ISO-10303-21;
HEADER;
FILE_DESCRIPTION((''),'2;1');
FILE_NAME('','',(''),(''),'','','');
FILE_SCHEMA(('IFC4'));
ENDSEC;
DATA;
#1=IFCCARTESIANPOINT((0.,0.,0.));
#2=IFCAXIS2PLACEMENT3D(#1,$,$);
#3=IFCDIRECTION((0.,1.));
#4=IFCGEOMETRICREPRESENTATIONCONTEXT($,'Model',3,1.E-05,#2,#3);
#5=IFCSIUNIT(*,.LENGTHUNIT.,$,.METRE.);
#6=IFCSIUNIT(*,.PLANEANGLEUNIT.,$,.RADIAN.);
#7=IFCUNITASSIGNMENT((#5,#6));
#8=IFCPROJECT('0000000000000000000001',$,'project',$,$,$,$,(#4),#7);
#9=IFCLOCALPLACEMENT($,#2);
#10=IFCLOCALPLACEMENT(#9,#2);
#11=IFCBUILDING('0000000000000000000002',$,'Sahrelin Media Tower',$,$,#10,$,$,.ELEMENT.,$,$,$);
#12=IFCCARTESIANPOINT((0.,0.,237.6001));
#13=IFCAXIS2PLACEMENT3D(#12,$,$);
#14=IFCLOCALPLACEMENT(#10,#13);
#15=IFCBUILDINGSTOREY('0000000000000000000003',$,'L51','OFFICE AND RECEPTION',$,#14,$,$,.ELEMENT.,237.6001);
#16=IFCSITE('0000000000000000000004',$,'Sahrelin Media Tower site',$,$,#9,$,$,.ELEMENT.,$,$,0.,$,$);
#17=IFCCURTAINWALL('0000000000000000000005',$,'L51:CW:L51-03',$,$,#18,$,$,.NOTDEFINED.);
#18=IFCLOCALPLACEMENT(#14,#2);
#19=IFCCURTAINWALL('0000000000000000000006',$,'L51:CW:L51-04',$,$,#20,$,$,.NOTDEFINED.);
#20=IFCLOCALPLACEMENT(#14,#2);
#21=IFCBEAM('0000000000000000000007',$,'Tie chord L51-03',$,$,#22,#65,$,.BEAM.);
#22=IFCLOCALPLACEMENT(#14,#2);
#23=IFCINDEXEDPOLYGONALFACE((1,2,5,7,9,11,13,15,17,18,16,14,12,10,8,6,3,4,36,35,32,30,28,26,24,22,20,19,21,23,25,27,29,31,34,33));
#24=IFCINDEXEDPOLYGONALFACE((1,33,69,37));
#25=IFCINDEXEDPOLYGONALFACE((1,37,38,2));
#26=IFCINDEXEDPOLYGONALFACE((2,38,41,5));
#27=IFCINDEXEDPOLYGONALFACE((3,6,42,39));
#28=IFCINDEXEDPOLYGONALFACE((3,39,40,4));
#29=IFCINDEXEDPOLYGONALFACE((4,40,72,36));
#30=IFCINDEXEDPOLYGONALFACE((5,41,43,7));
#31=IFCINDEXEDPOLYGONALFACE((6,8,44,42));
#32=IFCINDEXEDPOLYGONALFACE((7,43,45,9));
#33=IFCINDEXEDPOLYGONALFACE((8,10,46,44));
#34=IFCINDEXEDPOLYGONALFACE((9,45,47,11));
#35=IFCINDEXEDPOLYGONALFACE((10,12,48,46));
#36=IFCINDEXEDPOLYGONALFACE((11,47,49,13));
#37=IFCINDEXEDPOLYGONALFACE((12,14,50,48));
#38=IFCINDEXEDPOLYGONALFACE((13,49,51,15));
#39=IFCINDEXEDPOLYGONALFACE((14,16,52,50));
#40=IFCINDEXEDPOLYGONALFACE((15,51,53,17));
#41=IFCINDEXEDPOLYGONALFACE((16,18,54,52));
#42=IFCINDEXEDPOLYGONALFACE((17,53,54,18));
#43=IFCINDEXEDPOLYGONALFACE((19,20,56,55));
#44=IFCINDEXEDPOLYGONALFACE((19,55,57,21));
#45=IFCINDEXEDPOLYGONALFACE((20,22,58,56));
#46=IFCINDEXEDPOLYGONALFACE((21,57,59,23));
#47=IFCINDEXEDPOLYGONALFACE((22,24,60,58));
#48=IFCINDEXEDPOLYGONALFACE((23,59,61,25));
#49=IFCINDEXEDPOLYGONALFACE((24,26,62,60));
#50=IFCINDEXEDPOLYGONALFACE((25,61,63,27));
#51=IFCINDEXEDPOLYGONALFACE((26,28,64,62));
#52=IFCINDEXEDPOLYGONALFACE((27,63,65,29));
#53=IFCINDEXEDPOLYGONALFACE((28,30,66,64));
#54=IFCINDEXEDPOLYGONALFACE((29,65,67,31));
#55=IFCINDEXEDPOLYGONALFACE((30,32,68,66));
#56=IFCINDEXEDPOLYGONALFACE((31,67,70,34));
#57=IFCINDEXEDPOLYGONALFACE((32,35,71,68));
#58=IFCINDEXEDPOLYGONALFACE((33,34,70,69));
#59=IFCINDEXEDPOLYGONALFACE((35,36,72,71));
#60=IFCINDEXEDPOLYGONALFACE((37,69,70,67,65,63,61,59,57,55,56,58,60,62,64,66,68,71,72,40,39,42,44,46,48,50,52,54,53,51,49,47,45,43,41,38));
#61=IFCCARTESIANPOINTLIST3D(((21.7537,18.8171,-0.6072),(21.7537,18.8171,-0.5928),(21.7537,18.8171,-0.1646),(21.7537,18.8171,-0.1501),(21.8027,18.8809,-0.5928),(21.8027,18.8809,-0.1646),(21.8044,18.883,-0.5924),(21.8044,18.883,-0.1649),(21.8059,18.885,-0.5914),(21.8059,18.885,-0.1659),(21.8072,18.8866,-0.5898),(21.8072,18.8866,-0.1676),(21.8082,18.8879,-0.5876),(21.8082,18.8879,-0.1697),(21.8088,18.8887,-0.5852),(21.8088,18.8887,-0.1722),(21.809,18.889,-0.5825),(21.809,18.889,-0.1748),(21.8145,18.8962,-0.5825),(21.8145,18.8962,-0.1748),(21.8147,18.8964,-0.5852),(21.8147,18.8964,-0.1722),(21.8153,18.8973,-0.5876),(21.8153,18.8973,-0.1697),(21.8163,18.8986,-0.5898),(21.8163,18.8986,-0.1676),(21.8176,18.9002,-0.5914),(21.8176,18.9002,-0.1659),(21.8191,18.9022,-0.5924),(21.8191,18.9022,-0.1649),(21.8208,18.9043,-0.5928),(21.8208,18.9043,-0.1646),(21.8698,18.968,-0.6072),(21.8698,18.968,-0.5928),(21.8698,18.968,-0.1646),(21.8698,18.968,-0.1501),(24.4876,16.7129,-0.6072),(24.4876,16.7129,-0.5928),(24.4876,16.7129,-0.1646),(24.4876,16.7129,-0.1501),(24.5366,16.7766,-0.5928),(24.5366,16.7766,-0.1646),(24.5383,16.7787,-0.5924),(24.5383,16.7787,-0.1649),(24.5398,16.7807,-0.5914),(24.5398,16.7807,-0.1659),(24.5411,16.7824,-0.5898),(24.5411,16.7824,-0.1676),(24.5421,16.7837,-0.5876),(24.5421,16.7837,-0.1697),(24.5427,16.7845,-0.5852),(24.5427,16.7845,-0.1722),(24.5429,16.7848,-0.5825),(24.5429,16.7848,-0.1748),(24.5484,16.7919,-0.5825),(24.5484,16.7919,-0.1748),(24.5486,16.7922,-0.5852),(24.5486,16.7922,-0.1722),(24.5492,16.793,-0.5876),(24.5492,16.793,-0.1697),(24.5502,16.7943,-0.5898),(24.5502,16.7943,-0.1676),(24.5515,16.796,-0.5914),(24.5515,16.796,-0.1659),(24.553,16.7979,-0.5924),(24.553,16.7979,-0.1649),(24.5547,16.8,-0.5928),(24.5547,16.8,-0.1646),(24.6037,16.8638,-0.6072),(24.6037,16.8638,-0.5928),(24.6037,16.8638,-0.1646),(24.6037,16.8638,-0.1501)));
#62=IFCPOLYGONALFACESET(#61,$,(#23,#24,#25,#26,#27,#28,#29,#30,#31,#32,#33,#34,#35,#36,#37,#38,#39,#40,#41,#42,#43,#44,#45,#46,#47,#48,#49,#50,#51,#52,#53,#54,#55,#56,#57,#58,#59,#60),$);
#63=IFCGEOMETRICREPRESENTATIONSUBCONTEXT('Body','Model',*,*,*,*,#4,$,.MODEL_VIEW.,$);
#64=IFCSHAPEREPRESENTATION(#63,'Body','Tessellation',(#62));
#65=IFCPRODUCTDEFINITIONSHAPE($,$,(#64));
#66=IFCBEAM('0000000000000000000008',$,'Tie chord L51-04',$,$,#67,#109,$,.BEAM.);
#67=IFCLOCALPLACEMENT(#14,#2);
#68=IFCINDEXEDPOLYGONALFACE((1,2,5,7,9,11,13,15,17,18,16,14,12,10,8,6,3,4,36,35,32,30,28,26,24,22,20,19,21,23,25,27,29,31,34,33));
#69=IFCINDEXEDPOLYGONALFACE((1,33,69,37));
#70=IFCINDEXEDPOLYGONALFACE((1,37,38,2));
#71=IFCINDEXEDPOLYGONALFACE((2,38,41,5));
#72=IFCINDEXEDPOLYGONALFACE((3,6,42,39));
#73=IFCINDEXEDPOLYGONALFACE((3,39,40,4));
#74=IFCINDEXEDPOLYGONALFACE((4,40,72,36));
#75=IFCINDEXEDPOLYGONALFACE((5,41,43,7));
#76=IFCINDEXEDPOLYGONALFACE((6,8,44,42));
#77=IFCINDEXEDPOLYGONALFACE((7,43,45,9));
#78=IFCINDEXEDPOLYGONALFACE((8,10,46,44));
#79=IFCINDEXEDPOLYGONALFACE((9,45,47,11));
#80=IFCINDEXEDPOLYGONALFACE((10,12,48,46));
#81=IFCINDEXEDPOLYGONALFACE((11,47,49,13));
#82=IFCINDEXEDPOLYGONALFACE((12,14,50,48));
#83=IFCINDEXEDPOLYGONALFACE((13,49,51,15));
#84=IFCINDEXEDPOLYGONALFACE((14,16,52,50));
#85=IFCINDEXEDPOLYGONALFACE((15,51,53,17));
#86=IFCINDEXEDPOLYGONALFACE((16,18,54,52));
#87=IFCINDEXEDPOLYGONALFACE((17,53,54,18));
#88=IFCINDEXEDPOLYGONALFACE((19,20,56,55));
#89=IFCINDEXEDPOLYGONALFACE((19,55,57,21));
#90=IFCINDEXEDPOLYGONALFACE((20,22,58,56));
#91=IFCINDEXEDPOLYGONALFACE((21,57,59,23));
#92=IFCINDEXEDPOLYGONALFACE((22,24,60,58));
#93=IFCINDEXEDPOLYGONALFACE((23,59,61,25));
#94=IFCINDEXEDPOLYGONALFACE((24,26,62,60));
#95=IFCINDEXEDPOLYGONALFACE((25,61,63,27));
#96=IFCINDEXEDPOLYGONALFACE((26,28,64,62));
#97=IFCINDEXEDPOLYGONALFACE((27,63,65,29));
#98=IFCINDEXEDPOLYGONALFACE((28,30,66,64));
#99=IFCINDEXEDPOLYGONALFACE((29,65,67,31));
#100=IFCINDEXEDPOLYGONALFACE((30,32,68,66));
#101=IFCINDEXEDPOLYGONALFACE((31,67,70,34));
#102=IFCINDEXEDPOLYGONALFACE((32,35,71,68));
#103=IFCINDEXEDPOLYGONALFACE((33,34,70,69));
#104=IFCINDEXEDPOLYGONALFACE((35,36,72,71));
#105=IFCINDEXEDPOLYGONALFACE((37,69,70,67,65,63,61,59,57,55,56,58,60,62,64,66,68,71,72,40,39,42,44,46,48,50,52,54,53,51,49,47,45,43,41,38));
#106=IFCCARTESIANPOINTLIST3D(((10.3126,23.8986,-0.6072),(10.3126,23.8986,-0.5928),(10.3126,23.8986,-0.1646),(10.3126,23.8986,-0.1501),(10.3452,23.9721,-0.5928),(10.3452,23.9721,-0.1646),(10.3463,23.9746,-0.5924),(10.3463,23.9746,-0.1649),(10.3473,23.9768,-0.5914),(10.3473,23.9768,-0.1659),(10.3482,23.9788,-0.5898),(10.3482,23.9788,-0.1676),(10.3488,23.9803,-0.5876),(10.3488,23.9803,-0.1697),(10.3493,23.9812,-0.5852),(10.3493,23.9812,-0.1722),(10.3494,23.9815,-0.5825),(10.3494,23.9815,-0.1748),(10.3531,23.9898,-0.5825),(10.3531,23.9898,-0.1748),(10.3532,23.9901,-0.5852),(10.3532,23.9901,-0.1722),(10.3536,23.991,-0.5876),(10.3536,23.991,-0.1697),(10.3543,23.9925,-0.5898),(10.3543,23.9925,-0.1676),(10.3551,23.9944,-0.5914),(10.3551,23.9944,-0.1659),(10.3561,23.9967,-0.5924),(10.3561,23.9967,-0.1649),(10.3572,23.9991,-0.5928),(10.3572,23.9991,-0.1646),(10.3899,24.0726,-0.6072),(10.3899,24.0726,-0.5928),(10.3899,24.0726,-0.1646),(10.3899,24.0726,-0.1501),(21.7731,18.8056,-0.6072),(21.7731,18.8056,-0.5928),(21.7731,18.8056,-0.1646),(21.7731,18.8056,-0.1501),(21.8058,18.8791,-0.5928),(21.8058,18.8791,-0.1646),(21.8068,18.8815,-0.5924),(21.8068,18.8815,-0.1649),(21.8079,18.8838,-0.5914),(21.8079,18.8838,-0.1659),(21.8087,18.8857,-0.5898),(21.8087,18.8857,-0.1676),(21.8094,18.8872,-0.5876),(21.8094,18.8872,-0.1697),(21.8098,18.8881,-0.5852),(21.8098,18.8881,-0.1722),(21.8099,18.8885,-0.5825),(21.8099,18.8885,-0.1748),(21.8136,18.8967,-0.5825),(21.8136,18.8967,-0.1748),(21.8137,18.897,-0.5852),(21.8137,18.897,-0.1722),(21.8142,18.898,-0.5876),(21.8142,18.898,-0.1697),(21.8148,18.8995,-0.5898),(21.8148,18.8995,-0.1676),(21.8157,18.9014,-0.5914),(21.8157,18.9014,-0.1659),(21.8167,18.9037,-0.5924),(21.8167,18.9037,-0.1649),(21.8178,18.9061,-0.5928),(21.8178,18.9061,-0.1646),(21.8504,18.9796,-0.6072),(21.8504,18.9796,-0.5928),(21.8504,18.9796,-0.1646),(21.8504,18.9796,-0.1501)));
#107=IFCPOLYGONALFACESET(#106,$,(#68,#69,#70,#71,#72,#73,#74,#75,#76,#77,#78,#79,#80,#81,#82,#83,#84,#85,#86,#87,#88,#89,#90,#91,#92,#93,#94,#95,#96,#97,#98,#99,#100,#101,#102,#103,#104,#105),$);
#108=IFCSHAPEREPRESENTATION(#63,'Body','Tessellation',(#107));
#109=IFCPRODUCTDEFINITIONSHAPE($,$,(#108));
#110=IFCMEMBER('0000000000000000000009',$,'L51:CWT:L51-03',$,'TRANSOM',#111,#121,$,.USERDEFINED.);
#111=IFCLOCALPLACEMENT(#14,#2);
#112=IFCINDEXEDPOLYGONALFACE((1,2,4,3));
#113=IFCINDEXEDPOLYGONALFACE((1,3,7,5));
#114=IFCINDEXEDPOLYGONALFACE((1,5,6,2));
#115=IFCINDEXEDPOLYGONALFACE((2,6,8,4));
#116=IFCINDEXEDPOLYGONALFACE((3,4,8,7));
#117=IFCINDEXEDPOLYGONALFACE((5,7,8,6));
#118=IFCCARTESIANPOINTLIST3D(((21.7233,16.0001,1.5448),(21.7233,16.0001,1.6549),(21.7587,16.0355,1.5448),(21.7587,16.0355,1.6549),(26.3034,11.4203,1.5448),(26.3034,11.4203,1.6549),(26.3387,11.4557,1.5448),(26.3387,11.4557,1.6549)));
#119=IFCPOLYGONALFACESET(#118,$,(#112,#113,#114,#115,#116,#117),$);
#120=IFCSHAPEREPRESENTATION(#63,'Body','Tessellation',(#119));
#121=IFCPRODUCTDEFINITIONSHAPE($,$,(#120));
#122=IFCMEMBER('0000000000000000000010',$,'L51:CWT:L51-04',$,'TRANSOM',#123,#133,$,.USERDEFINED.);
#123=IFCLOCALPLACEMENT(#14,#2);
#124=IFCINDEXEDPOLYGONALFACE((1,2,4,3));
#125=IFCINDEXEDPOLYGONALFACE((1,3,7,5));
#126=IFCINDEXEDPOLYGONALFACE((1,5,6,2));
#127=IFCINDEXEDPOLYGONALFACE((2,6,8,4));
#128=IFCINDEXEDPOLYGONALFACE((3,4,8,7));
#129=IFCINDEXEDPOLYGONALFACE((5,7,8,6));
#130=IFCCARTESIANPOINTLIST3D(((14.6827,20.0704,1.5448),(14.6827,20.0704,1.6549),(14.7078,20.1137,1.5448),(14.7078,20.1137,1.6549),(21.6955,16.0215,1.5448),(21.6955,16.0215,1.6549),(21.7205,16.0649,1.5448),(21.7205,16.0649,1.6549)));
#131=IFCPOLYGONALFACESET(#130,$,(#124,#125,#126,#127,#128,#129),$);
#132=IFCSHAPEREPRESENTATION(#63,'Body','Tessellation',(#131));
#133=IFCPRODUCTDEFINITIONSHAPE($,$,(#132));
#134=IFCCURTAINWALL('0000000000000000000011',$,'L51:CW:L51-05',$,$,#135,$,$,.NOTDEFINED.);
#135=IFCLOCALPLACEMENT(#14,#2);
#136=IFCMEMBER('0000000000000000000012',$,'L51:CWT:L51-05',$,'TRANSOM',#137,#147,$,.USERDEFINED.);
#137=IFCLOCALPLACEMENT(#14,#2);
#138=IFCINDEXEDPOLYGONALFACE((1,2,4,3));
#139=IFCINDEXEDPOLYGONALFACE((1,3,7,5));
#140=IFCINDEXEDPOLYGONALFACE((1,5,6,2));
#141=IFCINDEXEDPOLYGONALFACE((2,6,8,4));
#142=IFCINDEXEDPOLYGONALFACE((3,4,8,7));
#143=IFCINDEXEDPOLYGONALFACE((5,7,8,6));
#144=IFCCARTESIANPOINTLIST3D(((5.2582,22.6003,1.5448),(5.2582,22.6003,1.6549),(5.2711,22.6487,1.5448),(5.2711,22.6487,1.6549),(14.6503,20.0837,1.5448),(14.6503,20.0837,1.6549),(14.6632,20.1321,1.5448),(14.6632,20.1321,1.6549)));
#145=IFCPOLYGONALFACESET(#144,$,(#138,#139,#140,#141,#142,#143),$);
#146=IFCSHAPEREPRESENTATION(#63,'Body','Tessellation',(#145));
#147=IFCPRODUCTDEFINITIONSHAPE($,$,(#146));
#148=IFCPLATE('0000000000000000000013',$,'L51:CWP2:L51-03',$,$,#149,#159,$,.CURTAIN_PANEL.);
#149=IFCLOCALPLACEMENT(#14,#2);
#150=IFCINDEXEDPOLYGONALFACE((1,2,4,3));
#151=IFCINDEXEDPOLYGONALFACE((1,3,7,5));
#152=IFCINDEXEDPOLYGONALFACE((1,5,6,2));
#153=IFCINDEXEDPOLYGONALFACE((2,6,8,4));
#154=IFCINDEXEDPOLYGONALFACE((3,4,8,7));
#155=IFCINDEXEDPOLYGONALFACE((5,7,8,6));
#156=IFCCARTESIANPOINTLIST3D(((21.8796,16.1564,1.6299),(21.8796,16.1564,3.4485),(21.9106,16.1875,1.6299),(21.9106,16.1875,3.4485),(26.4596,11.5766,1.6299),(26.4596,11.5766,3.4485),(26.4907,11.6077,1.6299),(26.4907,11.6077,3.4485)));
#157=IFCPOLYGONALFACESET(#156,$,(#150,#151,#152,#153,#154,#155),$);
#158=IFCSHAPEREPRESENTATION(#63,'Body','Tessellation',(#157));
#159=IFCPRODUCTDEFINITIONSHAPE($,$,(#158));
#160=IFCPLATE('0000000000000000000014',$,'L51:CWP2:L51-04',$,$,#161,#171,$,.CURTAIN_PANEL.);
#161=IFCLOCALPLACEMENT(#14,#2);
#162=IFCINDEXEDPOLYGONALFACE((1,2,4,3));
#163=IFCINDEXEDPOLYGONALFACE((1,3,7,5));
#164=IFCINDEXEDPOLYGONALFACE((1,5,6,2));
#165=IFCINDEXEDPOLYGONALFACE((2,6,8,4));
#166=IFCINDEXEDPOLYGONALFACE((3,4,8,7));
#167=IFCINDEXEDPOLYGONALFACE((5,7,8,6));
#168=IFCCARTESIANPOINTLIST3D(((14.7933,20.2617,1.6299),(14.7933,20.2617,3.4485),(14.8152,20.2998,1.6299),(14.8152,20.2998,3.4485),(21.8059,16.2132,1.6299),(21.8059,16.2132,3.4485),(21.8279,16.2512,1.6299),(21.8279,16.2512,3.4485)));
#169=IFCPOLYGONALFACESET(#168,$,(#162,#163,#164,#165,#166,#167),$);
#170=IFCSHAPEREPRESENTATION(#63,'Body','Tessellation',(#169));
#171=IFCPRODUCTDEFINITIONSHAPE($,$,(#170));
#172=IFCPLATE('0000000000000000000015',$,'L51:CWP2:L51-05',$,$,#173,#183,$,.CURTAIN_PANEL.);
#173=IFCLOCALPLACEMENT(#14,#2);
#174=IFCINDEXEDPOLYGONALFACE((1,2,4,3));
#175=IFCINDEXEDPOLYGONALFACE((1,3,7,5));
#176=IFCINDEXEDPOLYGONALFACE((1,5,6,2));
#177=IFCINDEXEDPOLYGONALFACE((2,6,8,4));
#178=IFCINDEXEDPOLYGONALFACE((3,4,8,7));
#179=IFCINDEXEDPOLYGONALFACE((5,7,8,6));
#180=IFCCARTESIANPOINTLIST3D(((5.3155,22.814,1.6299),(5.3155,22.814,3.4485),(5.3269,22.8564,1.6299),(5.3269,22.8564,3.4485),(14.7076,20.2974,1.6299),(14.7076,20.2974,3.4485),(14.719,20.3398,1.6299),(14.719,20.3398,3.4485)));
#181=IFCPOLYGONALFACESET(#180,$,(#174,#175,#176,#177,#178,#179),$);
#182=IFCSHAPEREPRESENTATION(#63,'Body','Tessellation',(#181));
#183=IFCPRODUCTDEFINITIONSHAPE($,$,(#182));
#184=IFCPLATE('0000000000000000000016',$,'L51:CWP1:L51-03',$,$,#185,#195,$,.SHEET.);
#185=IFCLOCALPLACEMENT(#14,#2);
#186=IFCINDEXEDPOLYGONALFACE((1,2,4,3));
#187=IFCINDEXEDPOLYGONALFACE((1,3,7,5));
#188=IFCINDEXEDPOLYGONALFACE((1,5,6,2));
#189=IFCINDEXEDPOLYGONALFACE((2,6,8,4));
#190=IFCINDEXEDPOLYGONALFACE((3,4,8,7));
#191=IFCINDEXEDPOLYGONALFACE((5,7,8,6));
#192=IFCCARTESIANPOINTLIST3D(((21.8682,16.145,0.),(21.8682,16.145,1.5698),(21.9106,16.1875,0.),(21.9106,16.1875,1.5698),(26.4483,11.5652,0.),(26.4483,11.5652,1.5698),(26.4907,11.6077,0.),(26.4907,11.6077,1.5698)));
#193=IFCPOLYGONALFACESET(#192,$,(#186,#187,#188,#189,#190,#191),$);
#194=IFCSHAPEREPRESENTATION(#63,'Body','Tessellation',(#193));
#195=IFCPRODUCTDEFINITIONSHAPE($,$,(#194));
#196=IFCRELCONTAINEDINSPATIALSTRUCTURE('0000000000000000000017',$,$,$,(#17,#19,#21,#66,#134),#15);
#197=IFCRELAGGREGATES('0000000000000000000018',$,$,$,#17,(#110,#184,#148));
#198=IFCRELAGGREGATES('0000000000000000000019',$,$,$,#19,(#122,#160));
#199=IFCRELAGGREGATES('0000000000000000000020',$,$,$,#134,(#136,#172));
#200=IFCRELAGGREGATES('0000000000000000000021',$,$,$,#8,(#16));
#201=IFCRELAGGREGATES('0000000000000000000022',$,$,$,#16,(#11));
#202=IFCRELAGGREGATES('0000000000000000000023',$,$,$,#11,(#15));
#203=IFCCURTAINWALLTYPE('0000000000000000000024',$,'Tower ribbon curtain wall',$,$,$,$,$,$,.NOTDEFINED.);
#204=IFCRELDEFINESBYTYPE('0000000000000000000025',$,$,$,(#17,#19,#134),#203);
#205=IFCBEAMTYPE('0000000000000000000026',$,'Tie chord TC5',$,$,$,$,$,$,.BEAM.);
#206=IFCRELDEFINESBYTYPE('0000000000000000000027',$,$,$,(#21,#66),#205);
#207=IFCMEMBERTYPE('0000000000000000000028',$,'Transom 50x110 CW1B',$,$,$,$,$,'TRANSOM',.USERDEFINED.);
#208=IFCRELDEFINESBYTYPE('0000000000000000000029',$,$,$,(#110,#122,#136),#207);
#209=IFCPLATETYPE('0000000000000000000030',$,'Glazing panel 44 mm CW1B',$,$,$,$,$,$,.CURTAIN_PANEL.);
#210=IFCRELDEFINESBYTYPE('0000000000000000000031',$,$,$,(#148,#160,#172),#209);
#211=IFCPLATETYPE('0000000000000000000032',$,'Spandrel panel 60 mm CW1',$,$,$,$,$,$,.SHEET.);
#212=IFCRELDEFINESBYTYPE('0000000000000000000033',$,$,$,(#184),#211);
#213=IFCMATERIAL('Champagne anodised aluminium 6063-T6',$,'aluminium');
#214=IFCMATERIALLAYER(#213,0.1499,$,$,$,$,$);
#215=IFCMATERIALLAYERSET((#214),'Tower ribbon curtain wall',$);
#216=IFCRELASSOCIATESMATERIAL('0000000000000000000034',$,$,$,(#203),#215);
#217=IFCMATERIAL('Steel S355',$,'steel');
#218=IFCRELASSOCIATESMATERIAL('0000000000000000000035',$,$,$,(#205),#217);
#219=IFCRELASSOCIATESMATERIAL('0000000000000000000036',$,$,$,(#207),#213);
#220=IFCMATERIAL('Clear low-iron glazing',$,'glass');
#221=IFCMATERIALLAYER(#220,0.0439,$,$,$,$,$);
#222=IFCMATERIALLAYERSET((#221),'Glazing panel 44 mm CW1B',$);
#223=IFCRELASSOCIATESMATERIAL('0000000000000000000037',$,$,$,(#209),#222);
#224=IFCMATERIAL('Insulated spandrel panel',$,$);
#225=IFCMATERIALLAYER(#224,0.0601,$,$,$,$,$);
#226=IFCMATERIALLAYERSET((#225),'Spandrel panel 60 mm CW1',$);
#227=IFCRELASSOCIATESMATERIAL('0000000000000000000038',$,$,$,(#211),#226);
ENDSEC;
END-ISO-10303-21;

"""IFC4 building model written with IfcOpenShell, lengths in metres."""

from ifc_helpers import new_model, si_unit, direction, frame, origin, origin_2d, place, context, subcontext, project, spatial, polyline, rectangle, i_section, outline, extrude, material, layer, layer_set, material_profile, profile_set, type_object, element, aggregate, save


model = new_model("IFC4")

# Units and contexts
model_context = context("Model", 3, precision=1e-05, world=origin(), true_north=direction((0.0, 1.0)))
body_context = subcontext(model_context, "Body", "Model", "MODEL_VIEW")
ifc_project = project(units=[si_unit("LENGTHUNIT", "METRE"), si_unit("PLANEANGLEUNIT", "RADIAN")], contexts=[model_context])

# Site, building, storey
site_placement = place(None, origin())
site = spatial("IfcSite", under=ifc_project, at=site_placement, Name="Sahrelin Media Tower site", CompositionType="ELEMENT", RefElevation=0.0)
building_placement = place(site_placement, origin())
building = spatial("IfcBuilding", under=site, at=building_placement, Name="Sahrelin Media Tower", CompositionType="ELEMENT")
storey_placement = place(building_placement, frame((0.0, 0.0, 237.6001)))
storey = spatial("IfcBuildingStorey", under=building, at=storey_placement, Name="L51", Description="OFFICE AND RECEPTION", CompositionType="ELEMENT", Elevation=237.6001)

# Shared definitions
ifc_material_1 = material(Name="Steel S355", Category="steel")

# Curtain walls
ifc_material_2 = material(Name="Champagne anodised aluminium 6063-T6", Category="aluminium")
ifc_layer_1 = layer(ifc_material_2, 0.1499)
ifc_layer_set_1 = layer_set([ifc_layer_1], Name="Tower ribbon curtain wall")
curtain_wall_type = type_object("IfcCurtainWallType", Name="Tower ribbon curtain wall", PredefinedType="NOTDEFINED", material=ifc_layer_set_1)
curtain_wall_1_placement = place(storey_placement, frame((24.1865, 13.8833, 0.0), z_axis=(0.0, 0.0, 1.0), x_axis=(1.0, 0.0, 0.0)))
curtain_wall_1 = element("IfcCurtainWall", 1, at=curtain_wall_1_placement, inside=storey, type_object=curtain_wall_type, Name="L51:CW:L51-03", PredefinedType="NOTDEFINED")
curtain_wall_2_placement = place(storey_placement, frame((18.3115, 18.2583, 0.0), z_axis=(0.0, 0.0, 1.0), x_axis=(1.0, 0.0, 0.0)))
curtain_wall_2 = element("IfcCurtainWall", 2, at=curtain_wall_2_placement, inside=storey, type_object=curtain_wall_type, Name="L51:CW:L51-04", PredefinedType="NOTDEFINED")

# Beams
ifc_material_profile_1 = material_profile(ifc_material_1, i_section(OverallWidth=0.1904, OverallDepth=0.457, WebThickness=0.009, FlangeThickness=0.0144, FilletRadius=0.0103, at=origin_2d()), Name="UB 457x191x74")
ifc_profile_set_1 = profile_set([ifc_material_profile_1], Name="Steel S355")
beam_type_1 = type_object("IfcBeamType", Name="Tie chord TC5", PredefinedType="BEAM", material=ifc_profile_set_1)
beam_1_placement = place(storey_placement, frame((24.5457, 16.7883, -0.3787), z_axis=(-0.792448, 0.60994, 0.0), x_axis=(-0.60994, -0.792448, 0.0)))
element("IfcBeam", 3, at=beam_1_placement, inside=storey, type_object=beam_type_1, Name="Tie chord L51-03", PredefinedType="BEAM", context=body_context, shape_type="SweptSolid", body=[
    extrude(i_section(OverallWidth=0.1904, OverallDepth=0.457, WebThickness=0.009, FlangeThickness=0.0144, FilletRadius=0.0103, at=origin_2d()), origin(), (0.0, 0.0, 1.0), 3.45),
])
beam_2_placement = place(storey_placement, frame((21.8118, 18.8926, -0.3787), z_axis=(-0.913827, 0.406104, 0.0), x_axis=(-0.406104, -0.913827, 0.0)))
element("IfcBeam", 4, at=beam_2_placement, inside=storey, type_object=beam_type_1, Name="Tie chord L51-04", PredefinedType="BEAM", context=body_context, shape_type="SweptSolid", body=[
    extrude(i_section(OverallWidth=0.1904, OverallDepth=0.457, WebThickness=0.009, FlangeThickness=0.0144, FilletRadius=0.0103, at=origin_2d()), origin(), (0.0, 0.0, 1.0), 12.5413),
])

# Members
ifc_material_profile_2 = material_profile(ifc_material_2, rectangle(XDim=0.05, YDim=0.1101, at=origin_2d()), Name="Transom 50x110")
ifc_profile_set_2 = profile_set([ifc_material_profile_2], Name="Champagne anodised aluminium 6063-T6")
member_type_1 = type_object("IfcMemberType", Name="Transom 50x110 CW1B", ElementType="TRANSOM", PredefinedType="USERDEFINED", material=ifc_profile_set_2)
member_1_placement = place(storey_placement, frame((26.321, 11.438, 1.5999), z_axis=(-0.707126, 0.707088, 0.0), x_axis=(-0.707088, -0.707126, 0.0)))
member_1 = element("IfcMember", 5, at=member_1_placement, type_object=member_type_1, Name="L51:CWT:L51-03", ObjectType="TRANSOM", PredefinedType="USERDEFINED", context=body_context, shape_type="SweptSolid", body=[
    extrude(rectangle(XDim=0.05, YDim=0.1101, at=origin_2d()), origin(), (0.0, 0.0, 1.0), 6.4771),
])
member_2_placement = place(storey_placement, frame((21.708, 16.0432, 1.5999), z_axis=(-0.866023, 0.500004, 0.0), x_axis=(-0.500004, -0.866023, 0.0)))
member_2 = element("IfcMember", 6, at=member_2_placement, type_object=member_type_1, Name="L51:CWT:L51-04", ObjectType="TRANSOM", PredefinedType="USERDEFINED", context=body_context, shape_type="SweptSolid", body=[
    extrude(rectangle(XDim=0.05, YDim=0.1101, at=origin_2d()), origin(), (0.0, 0.0, 1.0), 8.0977),
])

# Curtain wall, member
curtain_wall_3_placement = place(storey_placement, frame((10.0176, 21.5789, 0.0), z_axis=(0.0, 0.0, 1.0), x_axis=(1.0, 0.0, 0.0)))
curtain_wall_3 = element("IfcCurtainWall", 7, at=curtain_wall_3_placement, inside=storey, type_object=curtain_wall_type, Name="L51:CW:L51-05", PredefinedType="NOTDEFINED")
member_3_placement = place(storey_placement, frame((14.6567, 20.1079, 1.5999), z_axis=(-0.965926, 0.258819, 0.0), x_axis=(-0.258819, -0.965926, 0.0)))
member_3 = element("IfcMember", 8, at=member_3_placement, type_object=member_type_1, Name="L51:CWT:L51-05", ObjectType="TRANSOM", PredefinedType="USERDEFINED", context=body_context, shape_type="SweptSolid", body=[
    extrude(rectangle(XDim=0.05, YDim=0.1101, at=origin_2d()), origin(), (0.0, 0.0, 1.0), 9.7234),
])

# Plates
ifc_material_3 = material(Name="Clear low-iron glazing", Category="glass")
ifc_layer_2 = layer(ifc_material_3, 0.0439)
ifc_layer_set_2 = layer_set([ifc_layer_2], Name="Glazing panel 44 mm CW1B")
plate_type_1 = type_object("IfcPlateType", Name="Glazing panel 44 mm CW1B", PredefinedType="CURTAIN_PANEL", material=ifc_layer_set_2)
plate_1_placement = place(storey_placement, frame((26.4907, 11.6077, 1.6299), z_axis=(0.707088, 0.707126, 0.0), x_axis=(-0.707126, 0.707088, 0.0)))
plate_1 = element("IfcPlate", 9, at=plate_1_placement, type_object=plate_type_1, Name="L51:CWP2:L51-03", PredefinedType="CURTAIN_PANEL", context=body_context, shape_type="SweptSolid", body=[
    extrude(outline(polyline([(0.0, 0.0), (6.4771, 0.0), (6.4771, 1.8186), (0.0, 1.8186), (0.0, 0.0)])), origin(), (0.0, 0.0, -1.0), 0.0439),
])
plate_2_placement = place(storey_placement, frame((21.8279, 16.2512, 1.6299), z_axis=(0.499982, 0.866036, 0.0), x_axis=(-0.866036, 0.499982, 0.0)))
plate_2 = element("IfcPlate", 10, at=plate_2_placement, type_object=plate_type_1, Name="L51:CWP2:L51-04", PredefinedType="CURTAIN_PANEL", context=body_context, shape_type="SweptSolid", body=[
    extrude(outline(polyline([(0.0, 0.0), (8.0974, 0.0), (8.0974, 1.8186), (0.0, 1.8186), (0.0, 0.0)])), origin(), (0.0, 0.0, -1.0), 0.0439),
])
plate_3_placement = place(storey_placement, frame((14.719, 20.3398, 1.6299), z_axis=(0.258819, 0.965926, 0.0), x_axis=(-0.965926, 0.258819, 0.0)))
plate_3 = element("IfcPlate", 11, at=plate_3_placement, type_object=plate_type_1, Name="L51:CWP2:L51-05", PredefinedType="CURTAIN_PANEL", context=body_context, shape_type="SweptSolid", body=[
    extrude(outline(polyline([(0.0, 0.0), (9.7234, 0.0), (9.7234, 1.8186), (0.0, 1.8186), (0.0, 0.0)])), origin(), (0.0, 0.0, -1.0), 0.0439),
])
ifc_material_4 = material(Name="Insulated spandrel panel")
ifc_layer_3 = layer(ifc_material_4, 0.0601)
ifc_layer_set_3 = layer_set([ifc_layer_3], Name="Spandrel panel 60 mm CW1")
plate_type_2 = type_object("IfcPlateType", Name="Spandrel panel 60 mm CW1", PredefinedType="SHEET", material=ifc_layer_set_3)
plate_4_placement = place(storey_placement, frame((26.4907, 11.6077, 0.0), z_axis=(0.707088, 0.707126, 0.0), x_axis=(-0.707126, 0.707088, 0.0)))
plate_4 = element("IfcPlate", 12, at=plate_4_placement, type_object=plate_type_2, Name="L51:CWP1:L51-03", PredefinedType="SHEET", context=body_context, shape_type="SweptSolid", body=[
    extrude(outline(polyline([(0.0, 0.0), (6.4771, 0.0), (6.4771, 1.5698), (0.0, 1.5698), (0.0, 0.0)])), origin(), (0.0, 0.0, -1.0), 0.0601),
])
aggregate(curtain_wall_1, [member_1, plate_4, plate_1])
aggregate(curtain_wall_2, [member_2, plate_2])
aggregate(curtain_wall_3, [member_3, plate_3])

save(model, "model.ifc")
